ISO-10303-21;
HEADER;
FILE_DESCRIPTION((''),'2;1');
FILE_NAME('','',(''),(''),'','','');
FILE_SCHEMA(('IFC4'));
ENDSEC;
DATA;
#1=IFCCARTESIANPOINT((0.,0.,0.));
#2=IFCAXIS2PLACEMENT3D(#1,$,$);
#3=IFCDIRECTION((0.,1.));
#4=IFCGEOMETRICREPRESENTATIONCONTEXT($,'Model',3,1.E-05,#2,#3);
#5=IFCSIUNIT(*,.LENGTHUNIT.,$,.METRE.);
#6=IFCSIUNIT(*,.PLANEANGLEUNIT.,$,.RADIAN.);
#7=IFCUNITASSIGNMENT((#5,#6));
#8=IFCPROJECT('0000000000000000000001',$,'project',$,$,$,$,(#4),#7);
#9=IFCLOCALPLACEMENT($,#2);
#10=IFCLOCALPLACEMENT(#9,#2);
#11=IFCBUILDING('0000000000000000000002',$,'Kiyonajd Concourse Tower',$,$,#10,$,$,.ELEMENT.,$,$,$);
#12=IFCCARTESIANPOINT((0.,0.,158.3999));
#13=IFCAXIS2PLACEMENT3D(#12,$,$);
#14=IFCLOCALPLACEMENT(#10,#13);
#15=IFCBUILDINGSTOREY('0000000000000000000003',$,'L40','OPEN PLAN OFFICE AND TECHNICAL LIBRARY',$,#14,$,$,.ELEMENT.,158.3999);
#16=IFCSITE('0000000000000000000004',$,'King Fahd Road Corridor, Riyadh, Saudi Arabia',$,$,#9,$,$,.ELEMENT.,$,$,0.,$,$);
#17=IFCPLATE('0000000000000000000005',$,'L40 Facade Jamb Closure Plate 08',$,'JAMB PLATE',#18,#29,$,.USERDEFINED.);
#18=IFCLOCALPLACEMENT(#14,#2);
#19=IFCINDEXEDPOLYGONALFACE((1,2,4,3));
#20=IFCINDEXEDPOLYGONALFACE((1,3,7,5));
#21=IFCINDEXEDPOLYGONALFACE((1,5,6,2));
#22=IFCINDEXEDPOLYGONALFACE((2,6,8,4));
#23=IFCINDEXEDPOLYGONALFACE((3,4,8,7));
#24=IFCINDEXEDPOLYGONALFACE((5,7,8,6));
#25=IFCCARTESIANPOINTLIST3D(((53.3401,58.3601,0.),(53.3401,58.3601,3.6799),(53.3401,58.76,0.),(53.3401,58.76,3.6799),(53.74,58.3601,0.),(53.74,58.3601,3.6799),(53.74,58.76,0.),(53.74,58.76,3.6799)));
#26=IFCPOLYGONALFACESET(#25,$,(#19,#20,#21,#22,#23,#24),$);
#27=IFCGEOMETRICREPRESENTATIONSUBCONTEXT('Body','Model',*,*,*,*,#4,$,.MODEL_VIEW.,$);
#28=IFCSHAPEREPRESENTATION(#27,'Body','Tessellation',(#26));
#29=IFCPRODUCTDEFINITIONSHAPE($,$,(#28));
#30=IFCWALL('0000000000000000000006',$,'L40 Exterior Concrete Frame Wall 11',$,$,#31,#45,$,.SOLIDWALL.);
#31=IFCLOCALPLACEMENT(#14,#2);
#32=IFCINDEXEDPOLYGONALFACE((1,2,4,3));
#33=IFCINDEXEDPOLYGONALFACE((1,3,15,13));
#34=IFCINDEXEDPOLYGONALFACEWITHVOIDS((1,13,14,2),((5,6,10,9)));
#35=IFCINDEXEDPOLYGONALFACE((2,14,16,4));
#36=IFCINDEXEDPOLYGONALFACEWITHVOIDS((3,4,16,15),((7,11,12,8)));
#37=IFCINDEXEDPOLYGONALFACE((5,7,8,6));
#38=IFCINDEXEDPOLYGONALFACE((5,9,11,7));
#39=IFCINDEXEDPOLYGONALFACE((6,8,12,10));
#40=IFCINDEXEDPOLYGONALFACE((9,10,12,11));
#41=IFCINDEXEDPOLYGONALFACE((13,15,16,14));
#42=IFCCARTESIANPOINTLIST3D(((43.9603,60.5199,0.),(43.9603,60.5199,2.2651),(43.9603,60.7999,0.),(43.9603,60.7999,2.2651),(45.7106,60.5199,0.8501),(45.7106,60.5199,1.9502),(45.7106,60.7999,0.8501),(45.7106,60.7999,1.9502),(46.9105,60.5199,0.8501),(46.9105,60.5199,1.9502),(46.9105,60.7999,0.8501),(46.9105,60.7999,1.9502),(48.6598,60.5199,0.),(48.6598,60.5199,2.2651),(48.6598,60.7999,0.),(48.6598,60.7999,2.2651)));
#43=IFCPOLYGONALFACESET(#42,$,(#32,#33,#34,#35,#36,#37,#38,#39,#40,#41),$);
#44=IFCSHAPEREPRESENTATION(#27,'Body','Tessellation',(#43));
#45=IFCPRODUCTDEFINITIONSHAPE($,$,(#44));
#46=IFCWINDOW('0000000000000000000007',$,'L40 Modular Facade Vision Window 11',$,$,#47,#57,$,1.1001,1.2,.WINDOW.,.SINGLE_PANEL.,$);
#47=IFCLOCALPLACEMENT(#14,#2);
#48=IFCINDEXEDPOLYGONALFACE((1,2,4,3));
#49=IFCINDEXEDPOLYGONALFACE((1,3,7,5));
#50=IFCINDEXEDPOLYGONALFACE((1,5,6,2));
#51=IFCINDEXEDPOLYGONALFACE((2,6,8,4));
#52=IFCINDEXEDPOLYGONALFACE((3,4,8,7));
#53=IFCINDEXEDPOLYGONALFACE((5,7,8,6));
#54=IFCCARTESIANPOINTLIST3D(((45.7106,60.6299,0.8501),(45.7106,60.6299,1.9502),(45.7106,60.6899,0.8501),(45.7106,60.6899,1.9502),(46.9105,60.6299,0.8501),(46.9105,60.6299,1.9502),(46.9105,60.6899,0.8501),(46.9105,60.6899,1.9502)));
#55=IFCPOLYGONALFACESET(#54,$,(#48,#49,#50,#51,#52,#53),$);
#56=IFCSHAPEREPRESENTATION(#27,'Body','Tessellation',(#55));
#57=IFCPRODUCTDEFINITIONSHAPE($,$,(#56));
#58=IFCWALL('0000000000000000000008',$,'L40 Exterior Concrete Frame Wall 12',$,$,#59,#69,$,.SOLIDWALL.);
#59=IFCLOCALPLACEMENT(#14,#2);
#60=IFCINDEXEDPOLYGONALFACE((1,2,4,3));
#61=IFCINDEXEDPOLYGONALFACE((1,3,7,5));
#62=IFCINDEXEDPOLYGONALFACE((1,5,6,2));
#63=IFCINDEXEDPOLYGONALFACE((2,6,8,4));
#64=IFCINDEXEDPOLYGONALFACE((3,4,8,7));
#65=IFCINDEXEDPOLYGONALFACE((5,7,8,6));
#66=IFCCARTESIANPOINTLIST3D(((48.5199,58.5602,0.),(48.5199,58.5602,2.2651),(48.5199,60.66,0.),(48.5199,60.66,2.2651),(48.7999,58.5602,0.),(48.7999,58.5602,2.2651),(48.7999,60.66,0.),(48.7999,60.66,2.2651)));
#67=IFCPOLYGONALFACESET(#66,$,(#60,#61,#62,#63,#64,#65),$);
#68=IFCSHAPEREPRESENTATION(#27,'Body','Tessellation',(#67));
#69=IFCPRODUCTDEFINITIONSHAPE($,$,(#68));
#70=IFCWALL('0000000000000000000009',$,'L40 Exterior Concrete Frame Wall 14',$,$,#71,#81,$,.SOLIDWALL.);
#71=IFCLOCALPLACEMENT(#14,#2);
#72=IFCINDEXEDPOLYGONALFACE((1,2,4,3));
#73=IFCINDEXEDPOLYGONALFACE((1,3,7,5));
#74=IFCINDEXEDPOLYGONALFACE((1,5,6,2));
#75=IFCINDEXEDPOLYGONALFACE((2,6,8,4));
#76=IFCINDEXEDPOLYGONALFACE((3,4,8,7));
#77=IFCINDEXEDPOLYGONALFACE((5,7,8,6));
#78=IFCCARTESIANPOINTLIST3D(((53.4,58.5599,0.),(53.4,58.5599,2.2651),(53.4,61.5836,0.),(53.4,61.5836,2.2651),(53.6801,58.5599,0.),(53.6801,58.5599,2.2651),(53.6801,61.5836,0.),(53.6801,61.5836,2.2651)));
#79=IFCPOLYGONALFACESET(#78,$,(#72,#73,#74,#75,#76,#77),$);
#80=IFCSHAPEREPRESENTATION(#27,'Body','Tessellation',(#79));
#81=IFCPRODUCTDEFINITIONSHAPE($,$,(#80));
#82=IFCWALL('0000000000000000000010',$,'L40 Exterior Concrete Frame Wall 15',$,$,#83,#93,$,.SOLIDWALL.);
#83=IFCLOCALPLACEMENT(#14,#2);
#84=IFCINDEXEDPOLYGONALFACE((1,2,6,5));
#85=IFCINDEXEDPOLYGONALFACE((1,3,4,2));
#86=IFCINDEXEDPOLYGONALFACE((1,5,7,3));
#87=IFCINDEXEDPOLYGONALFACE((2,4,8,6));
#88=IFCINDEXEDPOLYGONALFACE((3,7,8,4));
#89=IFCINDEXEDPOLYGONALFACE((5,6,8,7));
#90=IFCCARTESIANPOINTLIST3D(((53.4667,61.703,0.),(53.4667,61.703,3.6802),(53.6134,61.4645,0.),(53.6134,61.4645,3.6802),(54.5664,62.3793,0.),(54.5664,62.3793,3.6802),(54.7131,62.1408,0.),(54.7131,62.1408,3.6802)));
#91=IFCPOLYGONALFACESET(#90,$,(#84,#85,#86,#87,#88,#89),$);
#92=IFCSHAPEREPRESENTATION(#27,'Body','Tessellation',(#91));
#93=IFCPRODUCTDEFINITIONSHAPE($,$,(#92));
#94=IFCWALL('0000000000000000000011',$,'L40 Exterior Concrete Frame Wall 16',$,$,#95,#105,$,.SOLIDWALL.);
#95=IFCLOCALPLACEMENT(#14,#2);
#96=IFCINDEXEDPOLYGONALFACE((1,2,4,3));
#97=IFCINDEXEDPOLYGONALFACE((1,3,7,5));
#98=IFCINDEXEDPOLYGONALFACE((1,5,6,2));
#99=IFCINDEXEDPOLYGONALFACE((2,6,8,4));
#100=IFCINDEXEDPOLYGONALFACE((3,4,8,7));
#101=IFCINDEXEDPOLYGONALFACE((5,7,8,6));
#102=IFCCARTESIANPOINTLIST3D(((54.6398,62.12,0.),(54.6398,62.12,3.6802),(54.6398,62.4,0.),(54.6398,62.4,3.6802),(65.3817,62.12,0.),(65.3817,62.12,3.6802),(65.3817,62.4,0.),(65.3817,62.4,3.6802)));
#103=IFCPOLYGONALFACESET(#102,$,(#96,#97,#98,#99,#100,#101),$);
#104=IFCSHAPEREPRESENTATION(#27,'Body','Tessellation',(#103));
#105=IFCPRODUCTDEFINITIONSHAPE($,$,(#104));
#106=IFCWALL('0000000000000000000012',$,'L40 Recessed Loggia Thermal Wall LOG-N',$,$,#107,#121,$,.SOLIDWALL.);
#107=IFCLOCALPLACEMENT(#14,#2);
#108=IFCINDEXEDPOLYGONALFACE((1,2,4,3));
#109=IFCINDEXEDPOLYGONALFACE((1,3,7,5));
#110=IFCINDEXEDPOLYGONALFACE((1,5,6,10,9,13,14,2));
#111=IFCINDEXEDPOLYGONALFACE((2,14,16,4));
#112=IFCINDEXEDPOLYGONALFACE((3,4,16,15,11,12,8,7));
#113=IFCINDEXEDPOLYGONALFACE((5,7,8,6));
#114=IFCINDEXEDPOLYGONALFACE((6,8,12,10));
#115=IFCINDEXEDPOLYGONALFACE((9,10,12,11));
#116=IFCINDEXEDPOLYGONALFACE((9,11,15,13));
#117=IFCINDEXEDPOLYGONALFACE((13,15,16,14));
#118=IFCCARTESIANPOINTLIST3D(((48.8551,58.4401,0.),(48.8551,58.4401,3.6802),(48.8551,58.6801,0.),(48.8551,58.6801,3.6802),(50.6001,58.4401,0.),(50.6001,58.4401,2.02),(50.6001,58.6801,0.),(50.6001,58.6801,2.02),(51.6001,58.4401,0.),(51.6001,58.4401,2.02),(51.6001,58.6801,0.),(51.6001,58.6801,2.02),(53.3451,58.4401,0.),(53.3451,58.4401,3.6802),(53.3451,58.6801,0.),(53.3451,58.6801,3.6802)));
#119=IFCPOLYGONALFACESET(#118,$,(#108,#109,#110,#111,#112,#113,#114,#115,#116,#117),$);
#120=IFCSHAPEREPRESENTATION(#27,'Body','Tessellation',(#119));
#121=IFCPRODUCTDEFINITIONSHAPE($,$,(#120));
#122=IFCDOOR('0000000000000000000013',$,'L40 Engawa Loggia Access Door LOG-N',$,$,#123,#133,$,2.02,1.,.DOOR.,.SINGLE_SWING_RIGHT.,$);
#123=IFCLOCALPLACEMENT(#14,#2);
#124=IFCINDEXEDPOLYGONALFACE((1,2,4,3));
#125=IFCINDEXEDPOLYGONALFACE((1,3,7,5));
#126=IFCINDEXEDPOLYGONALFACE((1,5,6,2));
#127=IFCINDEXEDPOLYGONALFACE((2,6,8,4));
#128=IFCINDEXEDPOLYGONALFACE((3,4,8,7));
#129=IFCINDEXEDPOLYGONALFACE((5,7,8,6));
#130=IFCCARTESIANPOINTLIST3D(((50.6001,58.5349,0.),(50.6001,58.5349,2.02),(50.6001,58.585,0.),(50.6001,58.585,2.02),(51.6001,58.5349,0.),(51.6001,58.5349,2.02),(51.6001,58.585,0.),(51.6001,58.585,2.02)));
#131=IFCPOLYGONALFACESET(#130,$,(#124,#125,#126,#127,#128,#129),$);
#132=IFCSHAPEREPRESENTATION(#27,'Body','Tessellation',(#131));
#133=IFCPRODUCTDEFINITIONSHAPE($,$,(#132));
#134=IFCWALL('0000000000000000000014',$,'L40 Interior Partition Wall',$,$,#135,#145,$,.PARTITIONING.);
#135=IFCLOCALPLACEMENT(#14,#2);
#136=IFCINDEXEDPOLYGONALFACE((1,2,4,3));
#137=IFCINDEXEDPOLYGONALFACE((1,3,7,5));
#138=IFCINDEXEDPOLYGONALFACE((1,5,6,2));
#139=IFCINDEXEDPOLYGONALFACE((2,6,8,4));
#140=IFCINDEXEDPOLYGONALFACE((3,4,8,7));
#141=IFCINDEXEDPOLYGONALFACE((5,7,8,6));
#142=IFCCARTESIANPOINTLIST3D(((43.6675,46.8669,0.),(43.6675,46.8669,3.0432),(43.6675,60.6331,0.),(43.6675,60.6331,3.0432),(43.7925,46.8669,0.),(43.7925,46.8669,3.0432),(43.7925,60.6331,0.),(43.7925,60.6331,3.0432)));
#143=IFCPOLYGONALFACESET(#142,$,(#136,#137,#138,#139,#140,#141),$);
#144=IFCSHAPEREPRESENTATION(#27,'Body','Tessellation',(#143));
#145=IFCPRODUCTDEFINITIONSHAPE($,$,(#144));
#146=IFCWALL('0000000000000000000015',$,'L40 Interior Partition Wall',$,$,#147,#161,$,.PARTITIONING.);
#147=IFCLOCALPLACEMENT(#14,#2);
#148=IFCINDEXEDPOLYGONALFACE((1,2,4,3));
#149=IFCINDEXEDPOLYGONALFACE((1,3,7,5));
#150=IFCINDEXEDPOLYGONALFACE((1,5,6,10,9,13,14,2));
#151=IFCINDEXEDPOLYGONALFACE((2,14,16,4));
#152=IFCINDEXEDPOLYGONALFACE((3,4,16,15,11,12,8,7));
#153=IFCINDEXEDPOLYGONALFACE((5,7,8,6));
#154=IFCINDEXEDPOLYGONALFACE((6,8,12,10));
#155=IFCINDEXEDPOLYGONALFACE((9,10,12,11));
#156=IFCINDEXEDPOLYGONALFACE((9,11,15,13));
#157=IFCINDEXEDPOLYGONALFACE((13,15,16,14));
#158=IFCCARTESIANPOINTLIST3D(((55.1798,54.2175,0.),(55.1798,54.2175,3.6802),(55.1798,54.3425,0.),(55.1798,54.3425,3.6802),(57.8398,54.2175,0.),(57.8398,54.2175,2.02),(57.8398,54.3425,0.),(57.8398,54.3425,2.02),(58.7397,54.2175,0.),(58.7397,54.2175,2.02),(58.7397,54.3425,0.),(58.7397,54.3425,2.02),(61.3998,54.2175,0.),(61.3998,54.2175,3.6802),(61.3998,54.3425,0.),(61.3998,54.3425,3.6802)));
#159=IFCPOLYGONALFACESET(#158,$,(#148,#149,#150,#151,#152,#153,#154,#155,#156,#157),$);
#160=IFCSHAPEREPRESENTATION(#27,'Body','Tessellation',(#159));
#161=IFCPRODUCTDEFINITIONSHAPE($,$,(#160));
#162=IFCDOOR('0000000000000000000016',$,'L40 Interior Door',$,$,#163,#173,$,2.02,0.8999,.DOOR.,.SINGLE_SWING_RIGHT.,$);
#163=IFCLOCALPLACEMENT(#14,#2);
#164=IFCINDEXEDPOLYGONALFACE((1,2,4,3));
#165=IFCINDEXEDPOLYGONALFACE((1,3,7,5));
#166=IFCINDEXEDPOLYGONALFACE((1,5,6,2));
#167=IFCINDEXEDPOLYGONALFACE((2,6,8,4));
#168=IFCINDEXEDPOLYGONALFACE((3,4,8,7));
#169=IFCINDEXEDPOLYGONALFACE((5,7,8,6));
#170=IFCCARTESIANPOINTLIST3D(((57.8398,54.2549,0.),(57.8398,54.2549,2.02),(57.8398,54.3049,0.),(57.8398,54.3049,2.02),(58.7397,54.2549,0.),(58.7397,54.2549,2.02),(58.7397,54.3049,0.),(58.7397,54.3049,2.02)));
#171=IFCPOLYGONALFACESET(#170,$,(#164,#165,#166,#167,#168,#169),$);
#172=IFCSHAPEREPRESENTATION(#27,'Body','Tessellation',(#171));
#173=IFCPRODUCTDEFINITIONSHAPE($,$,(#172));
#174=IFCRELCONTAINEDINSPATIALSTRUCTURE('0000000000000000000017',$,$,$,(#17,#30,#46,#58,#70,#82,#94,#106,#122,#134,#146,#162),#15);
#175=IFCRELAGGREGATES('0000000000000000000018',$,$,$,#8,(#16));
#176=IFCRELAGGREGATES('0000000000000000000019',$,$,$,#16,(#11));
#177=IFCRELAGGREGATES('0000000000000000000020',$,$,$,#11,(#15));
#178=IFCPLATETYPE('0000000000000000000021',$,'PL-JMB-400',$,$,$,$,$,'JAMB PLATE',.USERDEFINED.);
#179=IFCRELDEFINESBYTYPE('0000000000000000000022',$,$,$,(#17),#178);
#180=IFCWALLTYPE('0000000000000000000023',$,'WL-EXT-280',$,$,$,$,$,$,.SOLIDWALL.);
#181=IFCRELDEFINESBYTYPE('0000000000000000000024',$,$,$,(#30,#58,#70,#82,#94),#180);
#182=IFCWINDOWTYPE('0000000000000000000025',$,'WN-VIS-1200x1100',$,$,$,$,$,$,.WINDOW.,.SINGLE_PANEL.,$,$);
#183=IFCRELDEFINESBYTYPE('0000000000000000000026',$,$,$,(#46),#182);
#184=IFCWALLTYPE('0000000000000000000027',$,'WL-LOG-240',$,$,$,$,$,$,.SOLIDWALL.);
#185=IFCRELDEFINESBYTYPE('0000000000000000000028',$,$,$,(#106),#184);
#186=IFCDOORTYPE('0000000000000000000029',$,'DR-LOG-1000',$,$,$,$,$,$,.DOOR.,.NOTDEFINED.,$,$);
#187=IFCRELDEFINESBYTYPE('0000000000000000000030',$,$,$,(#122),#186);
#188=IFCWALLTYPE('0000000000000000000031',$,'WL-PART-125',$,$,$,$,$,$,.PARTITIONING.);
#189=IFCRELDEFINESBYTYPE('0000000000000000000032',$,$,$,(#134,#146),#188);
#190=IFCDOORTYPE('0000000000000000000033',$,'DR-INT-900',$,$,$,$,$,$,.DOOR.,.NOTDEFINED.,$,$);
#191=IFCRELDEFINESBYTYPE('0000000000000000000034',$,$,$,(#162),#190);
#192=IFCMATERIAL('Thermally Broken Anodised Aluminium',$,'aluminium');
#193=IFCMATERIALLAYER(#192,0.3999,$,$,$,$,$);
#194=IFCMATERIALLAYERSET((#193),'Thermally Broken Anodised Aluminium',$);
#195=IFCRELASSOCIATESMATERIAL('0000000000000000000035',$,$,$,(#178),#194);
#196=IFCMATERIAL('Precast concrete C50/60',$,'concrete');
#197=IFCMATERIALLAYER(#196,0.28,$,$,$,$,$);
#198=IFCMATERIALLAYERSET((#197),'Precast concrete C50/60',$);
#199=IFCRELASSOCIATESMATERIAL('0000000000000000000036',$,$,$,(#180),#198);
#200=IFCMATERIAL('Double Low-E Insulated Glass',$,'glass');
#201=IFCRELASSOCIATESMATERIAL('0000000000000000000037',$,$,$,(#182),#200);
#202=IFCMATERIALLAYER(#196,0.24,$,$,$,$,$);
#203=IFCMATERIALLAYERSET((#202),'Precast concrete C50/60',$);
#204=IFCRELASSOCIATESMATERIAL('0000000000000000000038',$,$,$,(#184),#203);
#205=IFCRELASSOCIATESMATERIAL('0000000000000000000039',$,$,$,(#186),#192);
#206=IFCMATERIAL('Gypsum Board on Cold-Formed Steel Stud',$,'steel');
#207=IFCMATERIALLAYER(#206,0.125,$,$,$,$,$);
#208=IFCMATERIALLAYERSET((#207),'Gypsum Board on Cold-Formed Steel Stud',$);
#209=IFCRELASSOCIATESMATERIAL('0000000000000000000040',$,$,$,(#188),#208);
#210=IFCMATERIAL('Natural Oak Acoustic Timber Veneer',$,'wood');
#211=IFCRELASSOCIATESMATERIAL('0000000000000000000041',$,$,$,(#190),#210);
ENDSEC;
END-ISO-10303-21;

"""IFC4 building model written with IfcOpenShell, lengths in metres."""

from ifc_helpers import new_model, si_unit, direction, frame, frame_2d, origin, origin_2d, place, context, subcontext, project, spatial, rectangle, extrude, material, layer, layer_set, type_object, element, fill, save


model = new_model("IFC4")

# Units and contexts
model_context = context("Model", 3, precision=1e-05, world=origin(), true_north=direction((0.0, 1.0)))
body_context = subcontext(model_context, "Body", "Model", "MODEL_VIEW")
ifc_project = project(units=[si_unit("LENGTHUNIT", "METRE"), si_unit("PLANEANGLEUNIT", "RADIAN")], contexts=[model_context])

# Site, building, storey
site_placement = place(None, origin())
site = spatial("IfcSite", under=ifc_project, at=site_placement, Name="King Fahd Road Corridor, Riyadh, Saudi Arabia", CompositionType="ELEMENT", RefElevation=0.0)
building_placement = place(site_placement, origin())
building = spatial("IfcBuilding", under=site, at=building_placement, Name="Kiyonajd Concourse Tower", CompositionType="ELEMENT")
storey_placement = place(building_placement, frame((0.0, 0.0, 158.3999)))
storey = spatial("IfcBuildingStorey", under=building, at=storey_placement, Name="L40", Description="OPEN PLAN OFFICE AND TECHNICAL LIBRARY", CompositionType="ELEMENT", Elevation=158.3999)

# Plate
ifc_material_1 = material(Name="Thermally Broken Anodised Aluminium", Category="aluminium")
ifc_layer_1 = layer(ifc_material_1, 0.3999)
ifc_layer_set_1 = layer_set([ifc_layer_1], Name="Thermally Broken Anodised Aluminium")
plate_type_1 = type_object("IfcPlateType", Name="PL-JMB-400", ElementType="JAMB PLATE", PredefinedType="USERDEFINED", material=ifc_layer_set_1)
for number, where, z_axis, x_axis, name in (
    (1, (53.54, 58.5601, 0.0), (0.0, 0.0, 1.0), (1.0, 0.0, 0.0), "L40 Facade Jamb Closure Plate 08"),
):
    element("IfcPlate", number, at=place(storey_placement, frame(where, z_axis=z_axis, x_axis=x_axis)), inside=storey, type_object=plate_type_1, Name=name, ObjectType="JAMB PLATE", PredefinedType="USERDEFINED", context=body_context, shape_type="SweptSolid", body=[
        extrude(rectangle(XDim=0.3999, YDim=0.3999, at=origin_2d()), origin(), (0.0, 0.0, 1.0), 3.6799),
    ])

# Wall, opening, window
ifc_material_2 = material(Name="Precast concrete C50/60", Category="concrete")
ifc_layer_2 = layer(ifc_material_2, 0.28)
ifc_layer_set_2 = layer_set([ifc_layer_2], Name="Precast concrete C50/60")
wall_type_1 = type_object("IfcWallType", Name="WL-EXT-280", PredefinedType="SOLIDWALL", material=ifc_layer_set_2)
wall_1_placement = place(storey_placement, frame((43.9604, 60.6599, 0.0), z_axis=(0.0, 0.0, 1.0), x_axis=(1.0, 0.0, 0.0)))
wall_1 = element("IfcWall", 2, at=wall_1_placement, inside=storey, type_object=wall_type_1, Name="L40 Exterior Concrete Frame Wall 11", PredefinedType="SOLIDWALL", context=body_context, shape_type="SweptSolid", body=[
    extrude(rectangle(XDim=4.6995, YDim=0.28, at=frame_2d((2.3496, 0.0))), origin(), (0.0, 0.0, 1.0), 2.2651),
])
opening_1_placement = place(wall_1_placement, frame((1.75, 0.0, 0.8501)))
opening_1 = element("IfcOpeningElement", 3, at=opening_1_placement, cuts=wall_1, PredefinedType="OPENING", context=body_context, shape_type="SweptSolid", body=[
    extrude(rectangle(XDim=1.2, YDim=1.1001, at=frame_2d((0.6001, 0.55))), frame((0.0, 0.1499, 0.0), z_axis=(0.0, -1.0, 0.0), x_axis=(1.0, 0.0, 0.0)), (0.0, 0.0, 1.0), 0.3),
])
ifc_material_3 = material(Name="Double Low-E Insulated Glass", Category="glass")
window_type = type_object("IfcWindowType", Name="WN-VIS-1200x1100", PartitioningType="SINGLE_PANEL", PredefinedType="WINDOW", material=ifc_material_3)
window_placement = place(opening_1_placement, origin())
window = element("IfcWindow", 4, at=window_placement, inside=storey, type_object=window_type, Name="L40 Modular Facade Vision Window 11", OverallHeight=1.1001, OverallWidth=1.2, PartitioningType="SINGLE_PANEL", PredefinedType="WINDOW", context=body_context, shape_type="SweptSolid", body=[
    extrude(rectangle(XDim=1.2, YDim=1.1001, at=frame_2d((0.6001, 0.55))), frame((0.0, 0.03, 0.0), z_axis=(0.0, -1.0, 0.0), x_axis=(1.0, 0.0, 0.0)), (0.0, 0.0, 1.0), 0.0601),
])
fill(opening_1, window)

# Walls
wall_2_placement = place(storey_placement, frame((48.6599, 60.6599, 0.0), z_axis=(0.0, 0.0, 1.0), x_axis=(0.0, -1.0, 0.0)))
element("IfcWall", 5, at=wall_2_placement, inside=storey, type_object=wall_type_1, Name="L40 Exterior Concrete Frame Wall 12", PredefinedType="SOLIDWALL", context=body_context, shape_type="SweptSolid", body=[
    extrude(rectangle(XDim=2.0999, YDim=0.28, at=frame_2d((1.0498, 0.0))), origin(), (0.0, 0.0, 1.0), 2.2651),
])
wall_3_placement = place(storey_placement, frame((53.54, 58.5601, 0.0), z_axis=(0.0, 0.0, 1.0), x_axis=(0.0, 1.0, 0.0)))
element("IfcWall", 6, at=wall_3_placement, inside=storey, type_object=wall_type_1, Name="L40 Exterior Concrete Frame Wall 14", PredefinedType="SOLIDWALL", context=body_context, shape_type="SweptSolid", body=[
    extrude(rectangle(XDim=3.0237, YDim=0.28, at=frame_2d((1.5117, 0.0))), origin(), (0.0, 0.0, 1.0), 2.2651),
])
wall_4_placement = place(storey_placement, frame((53.54, 61.5837, 0.0), z_axis=(0.0, 0.0, 1.0), x_axis=(0.851801, 0.523865, 0.0)))
element("IfcWall", 7, at=wall_4_placement, inside=storey, type_object=wall_type_1, Name="L40 Exterior Concrete Frame Wall 15", PredefinedType="SOLIDWALL", context=body_context, shape_type="SweptSolid", body=[
    extrude(rectangle(XDim=1.291, YDim=0.28, at=frame_2d((0.6455, 0.0))), origin(), (0.0, 0.0, 1.0), 3.6802),
])
wall_5_placement = place(storey_placement, frame((54.6396, 62.26, 0.0), z_axis=(0.0, 0.0, 1.0), x_axis=(1.0, 0.0, 0.0)))
element("IfcWall", 8, at=wall_5_placement, inside=storey, type_object=wall_type_1, Name="L40 Exterior Concrete Frame Wall 16", PredefinedType="SOLIDWALL", context=body_context, shape_type="SweptSolid", body=[
    extrude(rectangle(XDim=10.7419, YDim=0.28, at=frame_2d((5.3711, 0.0))), origin(), (0.0, 0.0, 1.0), 3.6802),
])

# Wall, opening, door
ifc_layer_3 = layer(ifc_material_2, 0.24)
ifc_layer_set_3 = layer_set([ifc_layer_3], Name="Precast concrete C50/60")
wall_type_2 = type_object("IfcWallType", Name="WL-LOG-240", PredefinedType="SOLIDWALL", material=ifc_layer_set_3)
wall_6_placement = place(storey_placement, frame((48.855, 58.5601, 0.0), z_axis=(0.0, 0.0, 1.0), x_axis=(1.0, 0.0, 0.0)))
wall_6 = element("IfcWall", 9, at=wall_6_placement, inside=storey, type_object=wall_type_2, Name="L40 Recessed Loggia Thermal Wall LOG-N", PredefinedType="SOLIDWALL", context=body_context, shape_type="SweptSolid", body=[
    extrude(rectangle(XDim=4.49, YDim=0.24, at=frame_2d((2.2451, 0.0))), origin(), (0.0, 0.0, 1.0), 3.6802),
])
opening_2_placement = place(wall_6_placement, frame((1.7451, 0.0, 0.0)))
opening_2 = element("IfcOpeningElement", 10, at=opening_2_placement, cuts=wall_6, PredefinedType="OPENING", context=body_context, shape_type="SweptSolid", body=[
    extrude(rectangle(XDim=1.0, YDim=2.02, at=frame_2d((0.5, 1.01))), frame((0.0, 0.1299, 0.0), z_axis=(0.0, -1.0, 0.0), x_axis=(1.0, 0.0, 0.0)), (0.0, 0.0, 1.0), 0.26),
])
door_type_1 = type_object("IfcDoorType", Name="DR-LOG-1000", OperationType="NOTDEFINED", PredefinedType="DOOR", material=ifc_material_1)
door_1_placement = place(opening_2_placement, origin())
door_1 = element("IfcDoor", 11, at=door_1_placement, inside=storey, type_object=door_type_1, Name="L40 Engawa Loggia Access Door LOG-N", OperationType="SINGLE_SWING_RIGHT", OverallHeight=2.02, OverallWidth=1.0, PredefinedType="DOOR", context=body_context, shape_type="SweptSolid", body=[
    extrude(rectangle(XDim=1.0, YDim=2.02, at=frame_2d((0.5, 1.01))), frame((0.0, 0.0249, 0.0), z_axis=(0.0, -1.0, 0.0), x_axis=(1.0, 0.0, 0.0)), (0.0, 0.0, 1.0), 0.05),
])
fill(opening_2, door_1)

# Wall
ifc_material_4 = material(Name="Gypsum Board on Cold-Formed Steel Stud", Category="steel")
ifc_layer_4 = layer(ifc_material_4, 0.125)
ifc_layer_set_4 = layer_set([ifc_layer_4], Name="Gypsum Board on Cold-Formed Steel Stud")
wall_type_3 = type_object("IfcWallType", Name="WL-PART-125", PredefinedType="PARTITIONING", material=ifc_layer_set_4)
wall_7_placement = place(storey_placement, frame((43.73, 46.8669, 0.0), z_axis=(0.0, 0.0, 1.0), x_axis=(0.0, 1.0, 0.0)))
element("IfcWall", 12, at=wall_7_placement, inside=storey, type_object=wall_type_3, Name="L40 Interior Partition Wall", PredefinedType="PARTITIONING", context=body_context, shape_type="SweptSolid", body=[
    extrude(rectangle(XDim=13.7661, YDim=0.125, at=frame_2d((6.8831, 0.0))), origin(), (0.0, 0.0, 1.0), 3.0432),
])

# Wall, opening, door
wall_8_placement = place(storey_placement, frame((55.1799, 54.28, 0.0), z_axis=(0.0, 0.0, 1.0), x_axis=(1.0, 0.0, 0.0)))
wall_8 = element("IfcWall", 13, at=wall_8_placement, inside=storey, type_object=wall_type_3, Name="L40 Interior Partition Wall", PredefinedType="PARTITIONING", context=body_context, shape_type="SweptSolid", body=[
    extrude(rectangle(XDim=6.22, YDim=0.125, at=frame_2d((3.1099, 0.0))), origin(), (0.0, 0.0, 1.0), 3.6802),
])
opening_3_placement = place(wall_8_placement, frame((2.6599, 0.0, 0.0)))
opening_3 = element("IfcOpeningElement", 14, at=opening_3_placement, cuts=wall_8, PredefinedType="OPENING", context=body_context, shape_type="SweptSolid", body=[
    extrude(rectangle(XDim=0.8999, YDim=2.02, at=frame_2d((0.45, 1.01))), frame((0.0, 0.0725, 0.0), z_axis=(0.0, -1.0, 0.0), x_axis=(1.0, 0.0, 0.0)), (0.0, 0.0, 1.0), 0.145),
])
ifc_material_5 = material(Name="Natural Oak Acoustic Timber Veneer", Category="wood")
door_type_2 = type_object("IfcDoorType", Name="DR-INT-900", OperationType="NOTDEFINED", PredefinedType="DOOR", material=ifc_material_5)
door_2_placement = place(opening_3_placement, origin())
door_2 = element("IfcDoor", 15, at=door_2_placement, inside=storey, type_object=door_type_2, Name="L40 Interior Door", OperationType="SINGLE_SWING_RIGHT", OverallHeight=2.02, OverallWidth=0.8999, PredefinedType="DOOR", context=body_context, shape_type="SweptSolid", body=[
    extrude(rectangle(XDim=0.8999, YDim=2.02, at=frame_2d((0.45, 1.01))), frame((0.0, 0.0249, 0.0), z_axis=(0.0, -1.0, 0.0), x_axis=(1.0, 0.0, 0.0)), (0.0, 0.0, 1.0), 0.05),
])
fill(opening_3, door_2)

save(model, "model.ifc")
